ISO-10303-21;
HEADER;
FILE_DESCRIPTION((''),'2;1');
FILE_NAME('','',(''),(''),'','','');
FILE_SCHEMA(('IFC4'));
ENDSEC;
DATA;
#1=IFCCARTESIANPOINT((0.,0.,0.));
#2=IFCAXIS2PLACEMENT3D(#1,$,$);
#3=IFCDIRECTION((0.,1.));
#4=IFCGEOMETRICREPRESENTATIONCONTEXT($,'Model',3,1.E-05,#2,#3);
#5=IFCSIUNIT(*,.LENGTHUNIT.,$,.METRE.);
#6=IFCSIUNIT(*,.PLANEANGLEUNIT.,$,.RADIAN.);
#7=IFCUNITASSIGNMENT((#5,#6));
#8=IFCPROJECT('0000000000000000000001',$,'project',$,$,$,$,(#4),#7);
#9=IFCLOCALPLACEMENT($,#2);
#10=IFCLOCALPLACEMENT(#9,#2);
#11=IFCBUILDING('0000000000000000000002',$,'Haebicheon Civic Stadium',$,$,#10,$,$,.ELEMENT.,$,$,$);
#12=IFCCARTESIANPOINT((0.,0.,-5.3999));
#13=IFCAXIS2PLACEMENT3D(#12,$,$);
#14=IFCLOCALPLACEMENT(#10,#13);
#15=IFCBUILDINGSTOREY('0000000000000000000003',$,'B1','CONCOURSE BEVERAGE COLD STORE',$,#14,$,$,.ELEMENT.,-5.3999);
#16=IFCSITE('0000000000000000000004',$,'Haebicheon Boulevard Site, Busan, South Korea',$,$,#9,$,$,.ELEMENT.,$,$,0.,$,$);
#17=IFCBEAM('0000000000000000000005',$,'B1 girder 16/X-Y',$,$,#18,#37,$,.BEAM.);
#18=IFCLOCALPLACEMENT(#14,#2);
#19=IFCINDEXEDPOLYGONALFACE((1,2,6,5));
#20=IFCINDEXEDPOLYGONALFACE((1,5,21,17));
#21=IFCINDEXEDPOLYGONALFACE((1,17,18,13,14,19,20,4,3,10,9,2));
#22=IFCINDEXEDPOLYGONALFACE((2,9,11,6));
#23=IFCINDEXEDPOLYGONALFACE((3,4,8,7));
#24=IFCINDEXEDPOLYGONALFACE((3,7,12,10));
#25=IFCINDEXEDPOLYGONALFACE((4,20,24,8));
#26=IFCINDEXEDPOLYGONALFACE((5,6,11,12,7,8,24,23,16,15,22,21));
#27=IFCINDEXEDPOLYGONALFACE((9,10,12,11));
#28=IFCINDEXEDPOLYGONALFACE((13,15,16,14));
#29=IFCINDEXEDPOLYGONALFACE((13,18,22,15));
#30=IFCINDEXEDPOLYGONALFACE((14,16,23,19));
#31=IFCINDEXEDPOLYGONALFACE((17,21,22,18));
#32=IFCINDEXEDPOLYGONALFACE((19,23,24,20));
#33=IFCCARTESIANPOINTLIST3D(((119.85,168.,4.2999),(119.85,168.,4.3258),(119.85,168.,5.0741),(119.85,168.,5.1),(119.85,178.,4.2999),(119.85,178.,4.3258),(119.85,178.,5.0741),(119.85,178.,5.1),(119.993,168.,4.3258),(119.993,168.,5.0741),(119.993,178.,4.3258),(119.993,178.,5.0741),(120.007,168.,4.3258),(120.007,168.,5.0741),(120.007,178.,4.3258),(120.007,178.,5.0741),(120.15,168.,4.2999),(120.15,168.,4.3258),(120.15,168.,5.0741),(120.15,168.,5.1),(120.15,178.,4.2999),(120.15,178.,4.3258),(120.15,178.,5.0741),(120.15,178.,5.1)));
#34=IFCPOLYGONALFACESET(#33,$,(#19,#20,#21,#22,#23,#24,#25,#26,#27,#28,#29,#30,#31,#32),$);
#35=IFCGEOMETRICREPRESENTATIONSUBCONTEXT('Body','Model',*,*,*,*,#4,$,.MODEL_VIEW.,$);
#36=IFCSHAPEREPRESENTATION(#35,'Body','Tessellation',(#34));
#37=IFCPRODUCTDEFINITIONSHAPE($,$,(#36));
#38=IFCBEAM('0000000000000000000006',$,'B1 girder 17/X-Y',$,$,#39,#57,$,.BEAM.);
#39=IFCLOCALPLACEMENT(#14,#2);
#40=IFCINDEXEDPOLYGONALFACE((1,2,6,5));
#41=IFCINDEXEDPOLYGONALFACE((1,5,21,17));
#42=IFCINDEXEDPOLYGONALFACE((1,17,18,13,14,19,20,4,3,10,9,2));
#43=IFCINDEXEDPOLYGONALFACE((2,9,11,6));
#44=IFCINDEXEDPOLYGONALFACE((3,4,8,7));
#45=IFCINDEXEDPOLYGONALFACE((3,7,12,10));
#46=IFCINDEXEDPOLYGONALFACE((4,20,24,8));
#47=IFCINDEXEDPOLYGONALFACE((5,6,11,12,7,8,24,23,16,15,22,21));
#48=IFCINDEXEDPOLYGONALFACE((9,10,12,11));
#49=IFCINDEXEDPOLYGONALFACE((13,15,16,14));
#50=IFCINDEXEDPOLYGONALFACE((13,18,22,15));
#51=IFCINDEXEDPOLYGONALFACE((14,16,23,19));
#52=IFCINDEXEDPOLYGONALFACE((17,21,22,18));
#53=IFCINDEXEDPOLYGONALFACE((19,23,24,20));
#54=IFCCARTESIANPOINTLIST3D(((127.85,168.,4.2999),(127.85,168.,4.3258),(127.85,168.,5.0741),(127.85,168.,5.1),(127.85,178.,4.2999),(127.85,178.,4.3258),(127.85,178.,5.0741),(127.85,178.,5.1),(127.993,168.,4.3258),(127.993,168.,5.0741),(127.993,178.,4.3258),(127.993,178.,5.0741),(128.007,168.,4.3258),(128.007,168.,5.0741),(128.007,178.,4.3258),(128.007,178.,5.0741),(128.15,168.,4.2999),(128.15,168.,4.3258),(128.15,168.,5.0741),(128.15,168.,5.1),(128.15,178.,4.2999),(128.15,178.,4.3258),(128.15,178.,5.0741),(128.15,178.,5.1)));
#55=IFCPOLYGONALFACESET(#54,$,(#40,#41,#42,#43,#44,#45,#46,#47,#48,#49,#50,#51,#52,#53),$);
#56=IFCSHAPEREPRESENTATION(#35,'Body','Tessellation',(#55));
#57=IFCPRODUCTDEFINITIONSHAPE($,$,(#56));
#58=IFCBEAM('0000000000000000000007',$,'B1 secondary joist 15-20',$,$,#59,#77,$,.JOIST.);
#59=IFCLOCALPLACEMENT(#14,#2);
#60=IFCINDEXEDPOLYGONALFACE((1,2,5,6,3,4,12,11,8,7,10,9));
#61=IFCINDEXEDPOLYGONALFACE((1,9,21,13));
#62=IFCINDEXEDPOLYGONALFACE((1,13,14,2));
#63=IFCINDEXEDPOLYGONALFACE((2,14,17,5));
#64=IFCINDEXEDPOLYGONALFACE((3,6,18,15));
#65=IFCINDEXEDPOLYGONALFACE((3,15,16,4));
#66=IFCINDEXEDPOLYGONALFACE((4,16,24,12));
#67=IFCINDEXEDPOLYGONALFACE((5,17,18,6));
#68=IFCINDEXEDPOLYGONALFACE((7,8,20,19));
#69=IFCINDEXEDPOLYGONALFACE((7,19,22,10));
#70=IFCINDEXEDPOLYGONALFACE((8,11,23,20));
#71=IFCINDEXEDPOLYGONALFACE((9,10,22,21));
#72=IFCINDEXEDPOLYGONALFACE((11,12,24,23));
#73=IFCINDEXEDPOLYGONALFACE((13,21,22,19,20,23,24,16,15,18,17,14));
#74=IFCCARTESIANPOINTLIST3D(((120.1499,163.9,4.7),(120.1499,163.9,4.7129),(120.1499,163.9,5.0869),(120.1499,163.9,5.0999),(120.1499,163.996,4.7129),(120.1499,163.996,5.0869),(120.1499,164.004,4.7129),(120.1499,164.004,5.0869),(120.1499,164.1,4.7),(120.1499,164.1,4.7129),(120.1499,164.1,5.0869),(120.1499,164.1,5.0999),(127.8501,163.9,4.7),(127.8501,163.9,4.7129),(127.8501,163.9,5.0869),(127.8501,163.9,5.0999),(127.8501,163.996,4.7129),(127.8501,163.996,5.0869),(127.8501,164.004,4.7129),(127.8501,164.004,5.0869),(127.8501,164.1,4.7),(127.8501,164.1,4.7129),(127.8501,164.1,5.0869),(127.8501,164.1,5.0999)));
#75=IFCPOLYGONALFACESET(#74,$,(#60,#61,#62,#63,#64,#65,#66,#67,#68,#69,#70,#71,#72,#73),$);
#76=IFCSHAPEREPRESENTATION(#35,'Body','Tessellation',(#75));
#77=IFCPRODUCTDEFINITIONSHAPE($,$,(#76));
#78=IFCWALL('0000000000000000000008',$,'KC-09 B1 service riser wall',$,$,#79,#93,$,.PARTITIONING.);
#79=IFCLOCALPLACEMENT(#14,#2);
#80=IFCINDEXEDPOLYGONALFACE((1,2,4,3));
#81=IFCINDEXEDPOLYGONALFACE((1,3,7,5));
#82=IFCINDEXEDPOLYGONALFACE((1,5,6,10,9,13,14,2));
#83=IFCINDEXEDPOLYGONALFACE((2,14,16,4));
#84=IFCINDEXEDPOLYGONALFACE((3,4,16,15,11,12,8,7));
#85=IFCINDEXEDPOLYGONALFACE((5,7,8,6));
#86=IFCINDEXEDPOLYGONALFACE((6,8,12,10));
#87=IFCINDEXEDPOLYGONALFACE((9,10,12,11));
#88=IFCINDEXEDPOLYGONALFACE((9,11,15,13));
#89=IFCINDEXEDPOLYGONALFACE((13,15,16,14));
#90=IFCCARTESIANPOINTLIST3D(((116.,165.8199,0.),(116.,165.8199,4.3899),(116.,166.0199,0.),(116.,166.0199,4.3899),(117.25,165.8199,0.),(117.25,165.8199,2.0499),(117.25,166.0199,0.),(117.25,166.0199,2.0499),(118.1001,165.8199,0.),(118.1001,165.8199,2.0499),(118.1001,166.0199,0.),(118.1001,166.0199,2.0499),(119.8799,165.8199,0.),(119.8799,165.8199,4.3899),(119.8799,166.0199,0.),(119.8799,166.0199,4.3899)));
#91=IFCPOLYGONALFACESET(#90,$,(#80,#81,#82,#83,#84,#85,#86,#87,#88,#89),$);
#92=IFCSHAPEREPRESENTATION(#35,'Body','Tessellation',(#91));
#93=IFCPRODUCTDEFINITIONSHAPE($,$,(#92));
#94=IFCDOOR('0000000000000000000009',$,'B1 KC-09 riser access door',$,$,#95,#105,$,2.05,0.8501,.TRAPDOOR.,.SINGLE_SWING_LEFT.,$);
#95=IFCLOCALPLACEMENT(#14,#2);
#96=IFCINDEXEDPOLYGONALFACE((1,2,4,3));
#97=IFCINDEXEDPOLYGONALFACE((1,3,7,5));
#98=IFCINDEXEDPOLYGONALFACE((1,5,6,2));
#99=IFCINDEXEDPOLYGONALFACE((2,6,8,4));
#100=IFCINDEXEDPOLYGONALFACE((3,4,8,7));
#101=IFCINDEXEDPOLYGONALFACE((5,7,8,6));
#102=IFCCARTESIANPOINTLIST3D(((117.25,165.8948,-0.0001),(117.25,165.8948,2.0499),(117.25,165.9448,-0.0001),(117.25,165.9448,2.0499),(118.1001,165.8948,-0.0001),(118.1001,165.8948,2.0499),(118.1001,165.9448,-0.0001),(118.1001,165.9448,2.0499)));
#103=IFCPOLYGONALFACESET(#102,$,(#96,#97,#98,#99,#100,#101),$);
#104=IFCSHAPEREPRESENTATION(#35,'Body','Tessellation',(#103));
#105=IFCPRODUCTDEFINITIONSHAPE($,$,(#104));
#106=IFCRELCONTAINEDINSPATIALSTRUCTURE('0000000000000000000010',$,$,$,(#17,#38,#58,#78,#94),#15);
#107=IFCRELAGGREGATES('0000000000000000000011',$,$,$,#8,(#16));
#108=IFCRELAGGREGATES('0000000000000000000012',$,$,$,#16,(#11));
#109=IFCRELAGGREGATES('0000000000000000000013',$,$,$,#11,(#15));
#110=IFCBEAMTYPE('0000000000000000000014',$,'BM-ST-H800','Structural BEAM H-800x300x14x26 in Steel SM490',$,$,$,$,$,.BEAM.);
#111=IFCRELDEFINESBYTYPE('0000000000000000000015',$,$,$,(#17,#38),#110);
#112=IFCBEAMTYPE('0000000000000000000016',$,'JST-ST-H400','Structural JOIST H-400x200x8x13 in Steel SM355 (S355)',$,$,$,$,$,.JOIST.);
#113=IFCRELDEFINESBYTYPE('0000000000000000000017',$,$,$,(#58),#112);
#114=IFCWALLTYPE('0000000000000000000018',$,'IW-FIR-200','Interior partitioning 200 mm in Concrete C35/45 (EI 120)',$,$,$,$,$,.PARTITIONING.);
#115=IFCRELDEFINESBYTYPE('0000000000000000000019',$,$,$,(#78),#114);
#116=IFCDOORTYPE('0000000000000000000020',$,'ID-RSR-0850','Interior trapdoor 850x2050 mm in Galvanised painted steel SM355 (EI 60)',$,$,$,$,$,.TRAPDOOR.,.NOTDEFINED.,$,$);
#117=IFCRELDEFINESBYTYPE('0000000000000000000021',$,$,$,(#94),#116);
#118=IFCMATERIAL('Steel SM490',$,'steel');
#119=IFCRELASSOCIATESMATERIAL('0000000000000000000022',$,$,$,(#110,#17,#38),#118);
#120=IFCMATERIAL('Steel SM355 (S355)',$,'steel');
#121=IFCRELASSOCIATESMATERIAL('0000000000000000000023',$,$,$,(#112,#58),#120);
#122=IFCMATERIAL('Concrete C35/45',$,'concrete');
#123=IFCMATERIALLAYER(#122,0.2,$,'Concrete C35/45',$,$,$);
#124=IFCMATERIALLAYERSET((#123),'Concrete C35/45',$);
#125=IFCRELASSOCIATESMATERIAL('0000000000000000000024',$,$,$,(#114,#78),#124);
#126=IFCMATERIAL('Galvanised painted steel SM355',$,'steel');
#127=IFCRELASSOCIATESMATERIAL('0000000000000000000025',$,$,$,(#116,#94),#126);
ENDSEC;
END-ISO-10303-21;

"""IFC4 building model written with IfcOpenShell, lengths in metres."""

from ifc_helpers import new_model, si_unit, direction, frame, frame_2d, origin, origin_2d, place, context, subcontext, project, spatial, rectangle, i_section, extrude, material, layer, layer_set, material_profile, profile_set, type_object, element, fill, save


model = new_model("IFC4")

# Units and contexts
model_context = context("Model", 3, precision=1e-05, world=origin(), true_north=direction((0.0, 1.0)))
body_context = subcontext(model_context, "Body", "Model", "MODEL_VIEW")
ifc_project = project(units=[si_unit("LENGTHUNIT", "METRE"), si_unit("PLANEANGLEUNIT", "RADIAN")], contexts=[model_context])

# Site, building, storey
site_placement = place(None, origin())
site = spatial("IfcSite", under=ifc_project, at=site_placement, Name="Haebicheon Boulevard Site, Busan, South Korea", CompositionType="ELEMENT", RefElevation=0.0)
building_placement = place(site_placement, origin())
building = spatial("IfcBuilding", under=site, at=building_placement, Name="Haebicheon Civic Stadium", CompositionType="ELEMENT")
storey_placement = place(building_placement, frame((0.0, 0.0, -5.3999)))
storey = spatial("IfcBuildingStorey", under=building, at=storey_placement, Name="B1", Description="CONCOURSE BEVERAGE COLD STORE", CompositionType="ELEMENT", Elevation=-5.3999)

# Beams
ifc_material_1 = material(Name="Steel SM490", Category="steel")
ifc_material_profile_1 = material_profile(ifc_material_1, i_section(OverallWidth=0.3, OverallDepth=0.8, WebThickness=0.0139, FlangeThickness=0.0259, at=origin_2d()), Name="H-800x300x14x26")
ifc_profile_set_1 = profile_set([ifc_material_profile_1], Name="Steel SM490")
beam_type_1 = type_object("IfcBeamType", Name="BM-ST-H800", Description="Structural BEAM H-800x300x14x26 in Steel SM490", PredefinedType="BEAM", material=ifc_profile_set_1)
for number, where, z_axis, x_axis, name in (
    (1, (120.0, 168.0, 4.7), (0.0, 1.0, 0.0), (-1.0, 0.0, 0.0), "B1 girder 16/X-Y"),
    (2, (128.0, 168.0, 4.7), (0.0, 1.0, 0.0), (-1.0, 0.0, 0.0), "B1 girder 17/X-Y"),
):
    element("IfcBeam", number, at=place(storey_placement, frame(where, z_axis=z_axis, x_axis=x_axis)), inside=storey, type_object=beam_type_1, material=ifc_profile_set_1, Name=name, PredefinedType="BEAM", context=body_context, shape_type="SweptSolid", body=[
        extrude(i_section(OverallWidth=0.3, OverallDepth=0.8, WebThickness=0.0139, FlangeThickness=0.0259, at=origin_2d()), origin(), (0.0, 0.0, 1.0), 10.0),
    ])
ifc_material_2 = material(Name="Steel SM355 (S355)", Category="steel")
ifc_material_profile_2 = material_profile(ifc_material_2, i_section(OverallWidth=0.2, OverallDepth=0.3999, WebThickness=0.0081, FlangeThickness=0.0129, at=origin_2d()), Name="H-400x200x8x13")
ifc_profile_set_2 = profile_set([ifc_material_profile_2], Name="Steel SM355 (S355)")
beam_type_2 = type_object("IfcBeamType", Name="JST-ST-H400", Description="Structural JOIST H-400x200x8x13 in Steel SM355 (S355)", PredefinedType="JOIST", material=ifc_profile_set_2)
beam_placement = place(storey_placement, frame((120.1499, 164.0, 4.8999), z_axis=(1.0, 0.0, 0.0), x_axis=(0.0, 1.0, 0.0)))
element("IfcBeam", 3, at=beam_placement, inside=storey, type_object=beam_type_2, material=ifc_profile_set_2, Name="B1 secondary joist 15-20", PredefinedType="JOIST", context=body_context, shape_type="SweptSolid", body=[
    extrude(i_section(OverallWidth=0.2, OverallDepth=0.3999, WebThickness=0.0081, FlangeThickness=0.0129, at=origin_2d()), origin(), (0.0, 0.0, 1.0), 7.7002),
])

# Wall, opening, door
ifc_material_3 = material(Name="Concrete C35/45", Category="concrete")
ifc_layer_1 = layer(ifc_material_3, 0.2, Name="Concrete C35/45")
ifc_layer_set_1 = layer_set([ifc_layer_1], Name="Concrete C35/45")
wall_type = type_object("IfcWallType", Name="IW-FIR-200", Description="Interior partitioning 200 mm in Concrete C35/45 (EI 120)", PredefinedType="PARTITIONING", material=ifc_layer_set_1)
wall_placement = place(storey_placement, frame((116.0, 165.9199, 0.0), z_axis=(0.0, 0.0, 1.0), x_axis=(1.0, 0.0, 0.0)))
wall = element("IfcWall", 4, at=wall_placement, inside=storey, type_object=wall_type, material=ifc_layer_set_1, Name="KC-09 B1 service riser wall", PredefinedType="PARTITIONING", context=body_context, shape_type="SweptSolid", body=[
    extrude(rectangle(XDim=3.8799, YDim=0.2, at=frame_2d((1.9399, 0.0))), origin(), (0.0, 0.0, 1.0), 4.3899),
])
opening_placement = place(wall_placement, frame((1.25, 0.0, 0.0)))
opening = element("IfcOpeningElement", 5, at=opening_placement, cuts=wall, PredefinedType="OPENING", context=body_context, shape_type="SweptSolid", body=[
    extrude(rectangle(XDim=0.8501, YDim=2.05, at=frame_2d((0.425, 1.0249))), frame((0.0, 0.1099, 0.0), z_axis=(0.0, -1.0, 0.0), x_axis=(1.0, 0.0, 0.0)), (0.0, 0.0, 1.0), 0.22),
])
ifc_material_4 = material(Name="Galvanised painted steel SM355", Category="steel")
door_type = type_object("IfcDoorType", Name="ID-RSR-0850", Description="Interior trapdoor 850x2050 mm in Galvanised painted steel SM355 (EI 60)", OperationType="NOTDEFINED", PredefinedType="TRAPDOOR", material=ifc_material_4)
door_placement = place(opening_placement, origin())
door = element("IfcDoor", 6, at=door_placement, inside=storey, type_object=door_type, material=ifc_material_4, Name="B1 KC-09 riser access door", OperationType="SINGLE_SWING_LEFT", OverallHeight=2.05, OverallWidth=0.8501, PredefinedType="TRAPDOOR", context=body_context, shape_type="SweptSolid", body=[
    extrude(rectangle(XDim=0.8501, YDim=2.05, at=frame_2d((0.425, 1.0249))), frame((0.0, 0.0249, 0.0), z_axis=(0.0, -1.0, 0.0), x_axis=(1.0, 0.0, 0.0)), (0.0, 0.0, 1.0), 0.05),
])
fill(opening, door)

save(model, "model.ifc")
